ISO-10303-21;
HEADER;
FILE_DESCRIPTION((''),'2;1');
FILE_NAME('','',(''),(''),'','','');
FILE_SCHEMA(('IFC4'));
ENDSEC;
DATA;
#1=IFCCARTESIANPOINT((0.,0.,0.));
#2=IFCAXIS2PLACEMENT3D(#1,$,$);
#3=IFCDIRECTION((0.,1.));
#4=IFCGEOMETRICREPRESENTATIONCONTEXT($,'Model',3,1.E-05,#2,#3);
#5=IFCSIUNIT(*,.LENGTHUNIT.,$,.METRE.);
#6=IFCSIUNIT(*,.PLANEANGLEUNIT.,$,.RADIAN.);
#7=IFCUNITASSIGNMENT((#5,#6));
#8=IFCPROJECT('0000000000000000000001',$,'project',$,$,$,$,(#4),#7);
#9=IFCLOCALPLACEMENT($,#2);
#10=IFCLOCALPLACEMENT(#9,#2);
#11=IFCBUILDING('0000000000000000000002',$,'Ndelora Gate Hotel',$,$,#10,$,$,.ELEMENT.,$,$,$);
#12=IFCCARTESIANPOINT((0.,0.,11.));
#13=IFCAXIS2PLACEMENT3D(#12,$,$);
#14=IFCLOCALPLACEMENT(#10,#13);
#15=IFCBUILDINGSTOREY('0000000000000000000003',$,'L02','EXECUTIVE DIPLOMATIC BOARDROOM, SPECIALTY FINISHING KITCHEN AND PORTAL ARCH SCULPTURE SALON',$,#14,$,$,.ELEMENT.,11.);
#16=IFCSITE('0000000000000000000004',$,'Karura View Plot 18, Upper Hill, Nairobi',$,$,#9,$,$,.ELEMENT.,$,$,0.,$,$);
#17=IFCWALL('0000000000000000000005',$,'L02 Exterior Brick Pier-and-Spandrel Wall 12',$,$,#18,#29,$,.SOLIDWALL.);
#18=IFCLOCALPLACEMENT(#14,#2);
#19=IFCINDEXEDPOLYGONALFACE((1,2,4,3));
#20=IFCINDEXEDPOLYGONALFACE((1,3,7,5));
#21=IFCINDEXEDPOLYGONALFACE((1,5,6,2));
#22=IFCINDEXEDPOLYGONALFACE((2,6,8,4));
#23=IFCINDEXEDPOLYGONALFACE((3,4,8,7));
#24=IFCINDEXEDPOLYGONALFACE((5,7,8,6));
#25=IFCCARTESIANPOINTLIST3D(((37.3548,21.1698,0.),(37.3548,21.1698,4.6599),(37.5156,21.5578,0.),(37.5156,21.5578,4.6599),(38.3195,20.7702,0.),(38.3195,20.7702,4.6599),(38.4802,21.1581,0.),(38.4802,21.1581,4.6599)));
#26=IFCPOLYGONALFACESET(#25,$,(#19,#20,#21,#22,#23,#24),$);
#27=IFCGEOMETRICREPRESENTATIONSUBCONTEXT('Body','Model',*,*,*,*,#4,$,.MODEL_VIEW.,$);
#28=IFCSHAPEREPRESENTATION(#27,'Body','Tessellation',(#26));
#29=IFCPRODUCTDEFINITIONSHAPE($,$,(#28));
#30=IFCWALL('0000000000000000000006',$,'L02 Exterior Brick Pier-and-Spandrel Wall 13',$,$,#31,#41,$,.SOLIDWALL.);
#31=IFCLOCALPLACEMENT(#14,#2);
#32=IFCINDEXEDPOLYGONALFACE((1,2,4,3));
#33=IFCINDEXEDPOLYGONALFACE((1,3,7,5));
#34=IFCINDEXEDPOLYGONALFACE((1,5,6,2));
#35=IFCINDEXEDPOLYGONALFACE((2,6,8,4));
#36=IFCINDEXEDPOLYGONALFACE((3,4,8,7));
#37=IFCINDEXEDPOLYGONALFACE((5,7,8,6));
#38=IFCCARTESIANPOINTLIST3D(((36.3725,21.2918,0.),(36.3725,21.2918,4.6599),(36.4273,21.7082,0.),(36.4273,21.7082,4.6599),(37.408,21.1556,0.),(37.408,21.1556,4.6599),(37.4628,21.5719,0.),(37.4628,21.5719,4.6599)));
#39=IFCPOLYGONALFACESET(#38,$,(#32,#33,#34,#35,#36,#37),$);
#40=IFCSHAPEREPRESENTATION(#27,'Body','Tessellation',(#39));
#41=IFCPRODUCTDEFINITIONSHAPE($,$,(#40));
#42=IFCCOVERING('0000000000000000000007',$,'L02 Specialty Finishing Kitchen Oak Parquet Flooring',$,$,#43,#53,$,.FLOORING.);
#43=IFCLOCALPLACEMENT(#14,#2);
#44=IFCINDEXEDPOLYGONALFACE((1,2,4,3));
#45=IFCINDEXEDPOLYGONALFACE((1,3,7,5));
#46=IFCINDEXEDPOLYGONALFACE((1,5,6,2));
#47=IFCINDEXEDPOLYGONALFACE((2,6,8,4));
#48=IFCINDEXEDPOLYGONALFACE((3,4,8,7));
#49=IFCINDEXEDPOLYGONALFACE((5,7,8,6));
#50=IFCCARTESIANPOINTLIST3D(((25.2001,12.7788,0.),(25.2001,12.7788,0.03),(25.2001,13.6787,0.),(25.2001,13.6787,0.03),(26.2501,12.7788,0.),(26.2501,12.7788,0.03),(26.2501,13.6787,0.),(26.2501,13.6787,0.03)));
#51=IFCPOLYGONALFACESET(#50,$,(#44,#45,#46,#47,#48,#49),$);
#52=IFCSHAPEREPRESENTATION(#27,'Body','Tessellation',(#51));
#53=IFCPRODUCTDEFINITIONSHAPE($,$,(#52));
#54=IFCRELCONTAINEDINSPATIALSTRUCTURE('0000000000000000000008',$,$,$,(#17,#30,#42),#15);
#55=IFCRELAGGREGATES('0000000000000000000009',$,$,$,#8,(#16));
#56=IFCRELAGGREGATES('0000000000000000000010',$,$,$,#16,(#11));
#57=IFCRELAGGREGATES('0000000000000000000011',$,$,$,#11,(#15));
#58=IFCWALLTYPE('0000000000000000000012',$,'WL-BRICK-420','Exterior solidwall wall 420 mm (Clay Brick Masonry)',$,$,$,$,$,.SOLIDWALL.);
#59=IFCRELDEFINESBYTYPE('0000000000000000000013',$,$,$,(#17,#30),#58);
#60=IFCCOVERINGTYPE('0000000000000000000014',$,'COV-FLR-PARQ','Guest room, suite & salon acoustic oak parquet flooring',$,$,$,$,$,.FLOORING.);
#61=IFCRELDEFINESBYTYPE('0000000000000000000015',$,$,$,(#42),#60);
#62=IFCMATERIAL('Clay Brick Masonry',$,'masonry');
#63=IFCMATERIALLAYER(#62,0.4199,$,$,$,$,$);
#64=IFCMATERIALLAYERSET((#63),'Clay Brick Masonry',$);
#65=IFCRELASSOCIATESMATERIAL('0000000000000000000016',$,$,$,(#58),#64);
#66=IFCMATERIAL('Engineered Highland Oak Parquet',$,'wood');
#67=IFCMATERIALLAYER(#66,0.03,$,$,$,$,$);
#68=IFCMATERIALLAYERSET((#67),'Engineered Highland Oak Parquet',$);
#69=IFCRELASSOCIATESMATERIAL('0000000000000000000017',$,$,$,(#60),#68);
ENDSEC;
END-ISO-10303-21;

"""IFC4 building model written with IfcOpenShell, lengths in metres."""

from ifc_helpers import new_model, si_unit, direction, frame, frame_2d, origin, origin_2d, place, context, subcontext, project, spatial, rectangle, extrude, material, layer, layer_set, type_object, element, save


model = new_model("IFC4")

# Units and contexts
model_context = context("Model", 3, precision=1e-05, world=origin(), true_north=direction((0.0, 1.0)))
body_context = subcontext(model_context, "Body", "Model", "MODEL_VIEW")
ifc_project = project(units=[si_unit("LENGTHUNIT", "METRE"), si_unit("PLANEANGLEUNIT", "RADIAN")], contexts=[model_context])

# Site, building, storey
site_placement = place(None, origin())
site = spatial("IfcSite", under=ifc_project, at=site_placement, Name="Karura View Plot 18, Upper Hill, Nairobi", CompositionType="ELEMENT", RefElevation=0.0)
building_placement = place(site_placement, origin())
building = spatial("IfcBuilding", under=site, at=building_placement, Name="Ndelora Gate Hotel", CompositionType="ELEMENT")
storey_placement = place(building_placement, frame((0.0, 0.0, 11.0)))
storey = spatial("IfcBuildingStorey", under=building, at=storey_placement, Name="L02", Description="EXECUTIVE DIPLOMATIC BOARDROOM, SPECIALTY FINISHING KITCHEN AND PORTAL ARCH SCULPTURE SALON", CompositionType="ELEMENT", Elevation=11.0)

# Shared definitions
ifc_material_1 = material(Name="Clay Brick Masonry", Category="masonry")
ifc_layer_1 = layer(ifc_material_1, 0.4199)
ifc_layer_set_1 = layer_set([ifc_layer_1], Name="Clay Brick Masonry")
wall_type = type_object("IfcWallType", Name="WL-BRICK-420", Description="Exterior solidwall wall 420 mm (Clay Brick Masonry)", PredefinedType="SOLIDWALL", material=ifc_layer_set_1)

# Walls
wall_1_placement = place(storey_placement, frame((37.4353, 21.3638, 0.0), z_axis=(0.0, 0.0, 1.0), x_axis=(0.923843, -0.382772, 0.0)))
element("IfcWall", 1, at=wall_1_placement, inside=storey, type_object=wall_type, Name="L02 Exterior Brick Pier-and-Spandrel Wall 12", PredefinedType="SOLIDWALL", context=body_context, shape_type="SweptSolid", body=[
    extrude(rectangle(XDim=1.0442, YDim=0.4199, at=frame_2d((0.522, 0.0))), origin(), (0.0, 0.0, 1.0), 4.6599),
])
wall_2_placement = place(storey_placement, frame((36.3999, 21.5, 0.0), z_axis=(0.0, 0.0, 1.0), x_axis=(0.991455, -0.130448, 0.0)))
element("IfcWall", 2, at=wall_2_placement, inside=storey, type_object=wall_type, Name="L02 Exterior Brick Pier-and-Spandrel Wall 13", PredefinedType="SOLIDWALL", context=body_context, shape_type="SweptSolid", body=[
    extrude(rectangle(XDim=1.0444, YDim=0.4199, at=frame_2d((0.5222, 0.0))), origin(), (0.0, 0.0, 1.0), 4.6599),
])

# Covering
ifc_material_2 = material(Name="Engineered Highland Oak Parquet", Category="wood")
ifc_layer_2 = layer(ifc_material_2, 0.03)
ifc_layer_set_2 = layer_set([ifc_layer_2], Name="Engineered Highland Oak Parquet")
covering_type = type_object("IfcCoveringType", Name="COV-FLR-PARQ", Description="Guest room, suite & salon acoustic oak parquet flooring", PredefinedType="FLOORING", material=ifc_layer_set_2)
covering_placement = place(storey_placement, frame((25.7251, 13.2288, 0.0), z_axis=(0.0, 0.0, 1.0), x_axis=(1.0, 0.0, 0.0)))
element("IfcCovering", 3, at=covering_placement, inside=storey, type_object=covering_type, Name="L02 Specialty Finishing Kitchen Oak Parquet Flooring", PredefinedType="FLOORING", context=body_context, shape_type="SweptSolid", body=[
    extrude(rectangle(XDim=1.05, YDim=0.8999, at=origin_2d()), origin(), (0.0, 0.0, 1.0), 0.03),
])

save(model, "model.ifc")
